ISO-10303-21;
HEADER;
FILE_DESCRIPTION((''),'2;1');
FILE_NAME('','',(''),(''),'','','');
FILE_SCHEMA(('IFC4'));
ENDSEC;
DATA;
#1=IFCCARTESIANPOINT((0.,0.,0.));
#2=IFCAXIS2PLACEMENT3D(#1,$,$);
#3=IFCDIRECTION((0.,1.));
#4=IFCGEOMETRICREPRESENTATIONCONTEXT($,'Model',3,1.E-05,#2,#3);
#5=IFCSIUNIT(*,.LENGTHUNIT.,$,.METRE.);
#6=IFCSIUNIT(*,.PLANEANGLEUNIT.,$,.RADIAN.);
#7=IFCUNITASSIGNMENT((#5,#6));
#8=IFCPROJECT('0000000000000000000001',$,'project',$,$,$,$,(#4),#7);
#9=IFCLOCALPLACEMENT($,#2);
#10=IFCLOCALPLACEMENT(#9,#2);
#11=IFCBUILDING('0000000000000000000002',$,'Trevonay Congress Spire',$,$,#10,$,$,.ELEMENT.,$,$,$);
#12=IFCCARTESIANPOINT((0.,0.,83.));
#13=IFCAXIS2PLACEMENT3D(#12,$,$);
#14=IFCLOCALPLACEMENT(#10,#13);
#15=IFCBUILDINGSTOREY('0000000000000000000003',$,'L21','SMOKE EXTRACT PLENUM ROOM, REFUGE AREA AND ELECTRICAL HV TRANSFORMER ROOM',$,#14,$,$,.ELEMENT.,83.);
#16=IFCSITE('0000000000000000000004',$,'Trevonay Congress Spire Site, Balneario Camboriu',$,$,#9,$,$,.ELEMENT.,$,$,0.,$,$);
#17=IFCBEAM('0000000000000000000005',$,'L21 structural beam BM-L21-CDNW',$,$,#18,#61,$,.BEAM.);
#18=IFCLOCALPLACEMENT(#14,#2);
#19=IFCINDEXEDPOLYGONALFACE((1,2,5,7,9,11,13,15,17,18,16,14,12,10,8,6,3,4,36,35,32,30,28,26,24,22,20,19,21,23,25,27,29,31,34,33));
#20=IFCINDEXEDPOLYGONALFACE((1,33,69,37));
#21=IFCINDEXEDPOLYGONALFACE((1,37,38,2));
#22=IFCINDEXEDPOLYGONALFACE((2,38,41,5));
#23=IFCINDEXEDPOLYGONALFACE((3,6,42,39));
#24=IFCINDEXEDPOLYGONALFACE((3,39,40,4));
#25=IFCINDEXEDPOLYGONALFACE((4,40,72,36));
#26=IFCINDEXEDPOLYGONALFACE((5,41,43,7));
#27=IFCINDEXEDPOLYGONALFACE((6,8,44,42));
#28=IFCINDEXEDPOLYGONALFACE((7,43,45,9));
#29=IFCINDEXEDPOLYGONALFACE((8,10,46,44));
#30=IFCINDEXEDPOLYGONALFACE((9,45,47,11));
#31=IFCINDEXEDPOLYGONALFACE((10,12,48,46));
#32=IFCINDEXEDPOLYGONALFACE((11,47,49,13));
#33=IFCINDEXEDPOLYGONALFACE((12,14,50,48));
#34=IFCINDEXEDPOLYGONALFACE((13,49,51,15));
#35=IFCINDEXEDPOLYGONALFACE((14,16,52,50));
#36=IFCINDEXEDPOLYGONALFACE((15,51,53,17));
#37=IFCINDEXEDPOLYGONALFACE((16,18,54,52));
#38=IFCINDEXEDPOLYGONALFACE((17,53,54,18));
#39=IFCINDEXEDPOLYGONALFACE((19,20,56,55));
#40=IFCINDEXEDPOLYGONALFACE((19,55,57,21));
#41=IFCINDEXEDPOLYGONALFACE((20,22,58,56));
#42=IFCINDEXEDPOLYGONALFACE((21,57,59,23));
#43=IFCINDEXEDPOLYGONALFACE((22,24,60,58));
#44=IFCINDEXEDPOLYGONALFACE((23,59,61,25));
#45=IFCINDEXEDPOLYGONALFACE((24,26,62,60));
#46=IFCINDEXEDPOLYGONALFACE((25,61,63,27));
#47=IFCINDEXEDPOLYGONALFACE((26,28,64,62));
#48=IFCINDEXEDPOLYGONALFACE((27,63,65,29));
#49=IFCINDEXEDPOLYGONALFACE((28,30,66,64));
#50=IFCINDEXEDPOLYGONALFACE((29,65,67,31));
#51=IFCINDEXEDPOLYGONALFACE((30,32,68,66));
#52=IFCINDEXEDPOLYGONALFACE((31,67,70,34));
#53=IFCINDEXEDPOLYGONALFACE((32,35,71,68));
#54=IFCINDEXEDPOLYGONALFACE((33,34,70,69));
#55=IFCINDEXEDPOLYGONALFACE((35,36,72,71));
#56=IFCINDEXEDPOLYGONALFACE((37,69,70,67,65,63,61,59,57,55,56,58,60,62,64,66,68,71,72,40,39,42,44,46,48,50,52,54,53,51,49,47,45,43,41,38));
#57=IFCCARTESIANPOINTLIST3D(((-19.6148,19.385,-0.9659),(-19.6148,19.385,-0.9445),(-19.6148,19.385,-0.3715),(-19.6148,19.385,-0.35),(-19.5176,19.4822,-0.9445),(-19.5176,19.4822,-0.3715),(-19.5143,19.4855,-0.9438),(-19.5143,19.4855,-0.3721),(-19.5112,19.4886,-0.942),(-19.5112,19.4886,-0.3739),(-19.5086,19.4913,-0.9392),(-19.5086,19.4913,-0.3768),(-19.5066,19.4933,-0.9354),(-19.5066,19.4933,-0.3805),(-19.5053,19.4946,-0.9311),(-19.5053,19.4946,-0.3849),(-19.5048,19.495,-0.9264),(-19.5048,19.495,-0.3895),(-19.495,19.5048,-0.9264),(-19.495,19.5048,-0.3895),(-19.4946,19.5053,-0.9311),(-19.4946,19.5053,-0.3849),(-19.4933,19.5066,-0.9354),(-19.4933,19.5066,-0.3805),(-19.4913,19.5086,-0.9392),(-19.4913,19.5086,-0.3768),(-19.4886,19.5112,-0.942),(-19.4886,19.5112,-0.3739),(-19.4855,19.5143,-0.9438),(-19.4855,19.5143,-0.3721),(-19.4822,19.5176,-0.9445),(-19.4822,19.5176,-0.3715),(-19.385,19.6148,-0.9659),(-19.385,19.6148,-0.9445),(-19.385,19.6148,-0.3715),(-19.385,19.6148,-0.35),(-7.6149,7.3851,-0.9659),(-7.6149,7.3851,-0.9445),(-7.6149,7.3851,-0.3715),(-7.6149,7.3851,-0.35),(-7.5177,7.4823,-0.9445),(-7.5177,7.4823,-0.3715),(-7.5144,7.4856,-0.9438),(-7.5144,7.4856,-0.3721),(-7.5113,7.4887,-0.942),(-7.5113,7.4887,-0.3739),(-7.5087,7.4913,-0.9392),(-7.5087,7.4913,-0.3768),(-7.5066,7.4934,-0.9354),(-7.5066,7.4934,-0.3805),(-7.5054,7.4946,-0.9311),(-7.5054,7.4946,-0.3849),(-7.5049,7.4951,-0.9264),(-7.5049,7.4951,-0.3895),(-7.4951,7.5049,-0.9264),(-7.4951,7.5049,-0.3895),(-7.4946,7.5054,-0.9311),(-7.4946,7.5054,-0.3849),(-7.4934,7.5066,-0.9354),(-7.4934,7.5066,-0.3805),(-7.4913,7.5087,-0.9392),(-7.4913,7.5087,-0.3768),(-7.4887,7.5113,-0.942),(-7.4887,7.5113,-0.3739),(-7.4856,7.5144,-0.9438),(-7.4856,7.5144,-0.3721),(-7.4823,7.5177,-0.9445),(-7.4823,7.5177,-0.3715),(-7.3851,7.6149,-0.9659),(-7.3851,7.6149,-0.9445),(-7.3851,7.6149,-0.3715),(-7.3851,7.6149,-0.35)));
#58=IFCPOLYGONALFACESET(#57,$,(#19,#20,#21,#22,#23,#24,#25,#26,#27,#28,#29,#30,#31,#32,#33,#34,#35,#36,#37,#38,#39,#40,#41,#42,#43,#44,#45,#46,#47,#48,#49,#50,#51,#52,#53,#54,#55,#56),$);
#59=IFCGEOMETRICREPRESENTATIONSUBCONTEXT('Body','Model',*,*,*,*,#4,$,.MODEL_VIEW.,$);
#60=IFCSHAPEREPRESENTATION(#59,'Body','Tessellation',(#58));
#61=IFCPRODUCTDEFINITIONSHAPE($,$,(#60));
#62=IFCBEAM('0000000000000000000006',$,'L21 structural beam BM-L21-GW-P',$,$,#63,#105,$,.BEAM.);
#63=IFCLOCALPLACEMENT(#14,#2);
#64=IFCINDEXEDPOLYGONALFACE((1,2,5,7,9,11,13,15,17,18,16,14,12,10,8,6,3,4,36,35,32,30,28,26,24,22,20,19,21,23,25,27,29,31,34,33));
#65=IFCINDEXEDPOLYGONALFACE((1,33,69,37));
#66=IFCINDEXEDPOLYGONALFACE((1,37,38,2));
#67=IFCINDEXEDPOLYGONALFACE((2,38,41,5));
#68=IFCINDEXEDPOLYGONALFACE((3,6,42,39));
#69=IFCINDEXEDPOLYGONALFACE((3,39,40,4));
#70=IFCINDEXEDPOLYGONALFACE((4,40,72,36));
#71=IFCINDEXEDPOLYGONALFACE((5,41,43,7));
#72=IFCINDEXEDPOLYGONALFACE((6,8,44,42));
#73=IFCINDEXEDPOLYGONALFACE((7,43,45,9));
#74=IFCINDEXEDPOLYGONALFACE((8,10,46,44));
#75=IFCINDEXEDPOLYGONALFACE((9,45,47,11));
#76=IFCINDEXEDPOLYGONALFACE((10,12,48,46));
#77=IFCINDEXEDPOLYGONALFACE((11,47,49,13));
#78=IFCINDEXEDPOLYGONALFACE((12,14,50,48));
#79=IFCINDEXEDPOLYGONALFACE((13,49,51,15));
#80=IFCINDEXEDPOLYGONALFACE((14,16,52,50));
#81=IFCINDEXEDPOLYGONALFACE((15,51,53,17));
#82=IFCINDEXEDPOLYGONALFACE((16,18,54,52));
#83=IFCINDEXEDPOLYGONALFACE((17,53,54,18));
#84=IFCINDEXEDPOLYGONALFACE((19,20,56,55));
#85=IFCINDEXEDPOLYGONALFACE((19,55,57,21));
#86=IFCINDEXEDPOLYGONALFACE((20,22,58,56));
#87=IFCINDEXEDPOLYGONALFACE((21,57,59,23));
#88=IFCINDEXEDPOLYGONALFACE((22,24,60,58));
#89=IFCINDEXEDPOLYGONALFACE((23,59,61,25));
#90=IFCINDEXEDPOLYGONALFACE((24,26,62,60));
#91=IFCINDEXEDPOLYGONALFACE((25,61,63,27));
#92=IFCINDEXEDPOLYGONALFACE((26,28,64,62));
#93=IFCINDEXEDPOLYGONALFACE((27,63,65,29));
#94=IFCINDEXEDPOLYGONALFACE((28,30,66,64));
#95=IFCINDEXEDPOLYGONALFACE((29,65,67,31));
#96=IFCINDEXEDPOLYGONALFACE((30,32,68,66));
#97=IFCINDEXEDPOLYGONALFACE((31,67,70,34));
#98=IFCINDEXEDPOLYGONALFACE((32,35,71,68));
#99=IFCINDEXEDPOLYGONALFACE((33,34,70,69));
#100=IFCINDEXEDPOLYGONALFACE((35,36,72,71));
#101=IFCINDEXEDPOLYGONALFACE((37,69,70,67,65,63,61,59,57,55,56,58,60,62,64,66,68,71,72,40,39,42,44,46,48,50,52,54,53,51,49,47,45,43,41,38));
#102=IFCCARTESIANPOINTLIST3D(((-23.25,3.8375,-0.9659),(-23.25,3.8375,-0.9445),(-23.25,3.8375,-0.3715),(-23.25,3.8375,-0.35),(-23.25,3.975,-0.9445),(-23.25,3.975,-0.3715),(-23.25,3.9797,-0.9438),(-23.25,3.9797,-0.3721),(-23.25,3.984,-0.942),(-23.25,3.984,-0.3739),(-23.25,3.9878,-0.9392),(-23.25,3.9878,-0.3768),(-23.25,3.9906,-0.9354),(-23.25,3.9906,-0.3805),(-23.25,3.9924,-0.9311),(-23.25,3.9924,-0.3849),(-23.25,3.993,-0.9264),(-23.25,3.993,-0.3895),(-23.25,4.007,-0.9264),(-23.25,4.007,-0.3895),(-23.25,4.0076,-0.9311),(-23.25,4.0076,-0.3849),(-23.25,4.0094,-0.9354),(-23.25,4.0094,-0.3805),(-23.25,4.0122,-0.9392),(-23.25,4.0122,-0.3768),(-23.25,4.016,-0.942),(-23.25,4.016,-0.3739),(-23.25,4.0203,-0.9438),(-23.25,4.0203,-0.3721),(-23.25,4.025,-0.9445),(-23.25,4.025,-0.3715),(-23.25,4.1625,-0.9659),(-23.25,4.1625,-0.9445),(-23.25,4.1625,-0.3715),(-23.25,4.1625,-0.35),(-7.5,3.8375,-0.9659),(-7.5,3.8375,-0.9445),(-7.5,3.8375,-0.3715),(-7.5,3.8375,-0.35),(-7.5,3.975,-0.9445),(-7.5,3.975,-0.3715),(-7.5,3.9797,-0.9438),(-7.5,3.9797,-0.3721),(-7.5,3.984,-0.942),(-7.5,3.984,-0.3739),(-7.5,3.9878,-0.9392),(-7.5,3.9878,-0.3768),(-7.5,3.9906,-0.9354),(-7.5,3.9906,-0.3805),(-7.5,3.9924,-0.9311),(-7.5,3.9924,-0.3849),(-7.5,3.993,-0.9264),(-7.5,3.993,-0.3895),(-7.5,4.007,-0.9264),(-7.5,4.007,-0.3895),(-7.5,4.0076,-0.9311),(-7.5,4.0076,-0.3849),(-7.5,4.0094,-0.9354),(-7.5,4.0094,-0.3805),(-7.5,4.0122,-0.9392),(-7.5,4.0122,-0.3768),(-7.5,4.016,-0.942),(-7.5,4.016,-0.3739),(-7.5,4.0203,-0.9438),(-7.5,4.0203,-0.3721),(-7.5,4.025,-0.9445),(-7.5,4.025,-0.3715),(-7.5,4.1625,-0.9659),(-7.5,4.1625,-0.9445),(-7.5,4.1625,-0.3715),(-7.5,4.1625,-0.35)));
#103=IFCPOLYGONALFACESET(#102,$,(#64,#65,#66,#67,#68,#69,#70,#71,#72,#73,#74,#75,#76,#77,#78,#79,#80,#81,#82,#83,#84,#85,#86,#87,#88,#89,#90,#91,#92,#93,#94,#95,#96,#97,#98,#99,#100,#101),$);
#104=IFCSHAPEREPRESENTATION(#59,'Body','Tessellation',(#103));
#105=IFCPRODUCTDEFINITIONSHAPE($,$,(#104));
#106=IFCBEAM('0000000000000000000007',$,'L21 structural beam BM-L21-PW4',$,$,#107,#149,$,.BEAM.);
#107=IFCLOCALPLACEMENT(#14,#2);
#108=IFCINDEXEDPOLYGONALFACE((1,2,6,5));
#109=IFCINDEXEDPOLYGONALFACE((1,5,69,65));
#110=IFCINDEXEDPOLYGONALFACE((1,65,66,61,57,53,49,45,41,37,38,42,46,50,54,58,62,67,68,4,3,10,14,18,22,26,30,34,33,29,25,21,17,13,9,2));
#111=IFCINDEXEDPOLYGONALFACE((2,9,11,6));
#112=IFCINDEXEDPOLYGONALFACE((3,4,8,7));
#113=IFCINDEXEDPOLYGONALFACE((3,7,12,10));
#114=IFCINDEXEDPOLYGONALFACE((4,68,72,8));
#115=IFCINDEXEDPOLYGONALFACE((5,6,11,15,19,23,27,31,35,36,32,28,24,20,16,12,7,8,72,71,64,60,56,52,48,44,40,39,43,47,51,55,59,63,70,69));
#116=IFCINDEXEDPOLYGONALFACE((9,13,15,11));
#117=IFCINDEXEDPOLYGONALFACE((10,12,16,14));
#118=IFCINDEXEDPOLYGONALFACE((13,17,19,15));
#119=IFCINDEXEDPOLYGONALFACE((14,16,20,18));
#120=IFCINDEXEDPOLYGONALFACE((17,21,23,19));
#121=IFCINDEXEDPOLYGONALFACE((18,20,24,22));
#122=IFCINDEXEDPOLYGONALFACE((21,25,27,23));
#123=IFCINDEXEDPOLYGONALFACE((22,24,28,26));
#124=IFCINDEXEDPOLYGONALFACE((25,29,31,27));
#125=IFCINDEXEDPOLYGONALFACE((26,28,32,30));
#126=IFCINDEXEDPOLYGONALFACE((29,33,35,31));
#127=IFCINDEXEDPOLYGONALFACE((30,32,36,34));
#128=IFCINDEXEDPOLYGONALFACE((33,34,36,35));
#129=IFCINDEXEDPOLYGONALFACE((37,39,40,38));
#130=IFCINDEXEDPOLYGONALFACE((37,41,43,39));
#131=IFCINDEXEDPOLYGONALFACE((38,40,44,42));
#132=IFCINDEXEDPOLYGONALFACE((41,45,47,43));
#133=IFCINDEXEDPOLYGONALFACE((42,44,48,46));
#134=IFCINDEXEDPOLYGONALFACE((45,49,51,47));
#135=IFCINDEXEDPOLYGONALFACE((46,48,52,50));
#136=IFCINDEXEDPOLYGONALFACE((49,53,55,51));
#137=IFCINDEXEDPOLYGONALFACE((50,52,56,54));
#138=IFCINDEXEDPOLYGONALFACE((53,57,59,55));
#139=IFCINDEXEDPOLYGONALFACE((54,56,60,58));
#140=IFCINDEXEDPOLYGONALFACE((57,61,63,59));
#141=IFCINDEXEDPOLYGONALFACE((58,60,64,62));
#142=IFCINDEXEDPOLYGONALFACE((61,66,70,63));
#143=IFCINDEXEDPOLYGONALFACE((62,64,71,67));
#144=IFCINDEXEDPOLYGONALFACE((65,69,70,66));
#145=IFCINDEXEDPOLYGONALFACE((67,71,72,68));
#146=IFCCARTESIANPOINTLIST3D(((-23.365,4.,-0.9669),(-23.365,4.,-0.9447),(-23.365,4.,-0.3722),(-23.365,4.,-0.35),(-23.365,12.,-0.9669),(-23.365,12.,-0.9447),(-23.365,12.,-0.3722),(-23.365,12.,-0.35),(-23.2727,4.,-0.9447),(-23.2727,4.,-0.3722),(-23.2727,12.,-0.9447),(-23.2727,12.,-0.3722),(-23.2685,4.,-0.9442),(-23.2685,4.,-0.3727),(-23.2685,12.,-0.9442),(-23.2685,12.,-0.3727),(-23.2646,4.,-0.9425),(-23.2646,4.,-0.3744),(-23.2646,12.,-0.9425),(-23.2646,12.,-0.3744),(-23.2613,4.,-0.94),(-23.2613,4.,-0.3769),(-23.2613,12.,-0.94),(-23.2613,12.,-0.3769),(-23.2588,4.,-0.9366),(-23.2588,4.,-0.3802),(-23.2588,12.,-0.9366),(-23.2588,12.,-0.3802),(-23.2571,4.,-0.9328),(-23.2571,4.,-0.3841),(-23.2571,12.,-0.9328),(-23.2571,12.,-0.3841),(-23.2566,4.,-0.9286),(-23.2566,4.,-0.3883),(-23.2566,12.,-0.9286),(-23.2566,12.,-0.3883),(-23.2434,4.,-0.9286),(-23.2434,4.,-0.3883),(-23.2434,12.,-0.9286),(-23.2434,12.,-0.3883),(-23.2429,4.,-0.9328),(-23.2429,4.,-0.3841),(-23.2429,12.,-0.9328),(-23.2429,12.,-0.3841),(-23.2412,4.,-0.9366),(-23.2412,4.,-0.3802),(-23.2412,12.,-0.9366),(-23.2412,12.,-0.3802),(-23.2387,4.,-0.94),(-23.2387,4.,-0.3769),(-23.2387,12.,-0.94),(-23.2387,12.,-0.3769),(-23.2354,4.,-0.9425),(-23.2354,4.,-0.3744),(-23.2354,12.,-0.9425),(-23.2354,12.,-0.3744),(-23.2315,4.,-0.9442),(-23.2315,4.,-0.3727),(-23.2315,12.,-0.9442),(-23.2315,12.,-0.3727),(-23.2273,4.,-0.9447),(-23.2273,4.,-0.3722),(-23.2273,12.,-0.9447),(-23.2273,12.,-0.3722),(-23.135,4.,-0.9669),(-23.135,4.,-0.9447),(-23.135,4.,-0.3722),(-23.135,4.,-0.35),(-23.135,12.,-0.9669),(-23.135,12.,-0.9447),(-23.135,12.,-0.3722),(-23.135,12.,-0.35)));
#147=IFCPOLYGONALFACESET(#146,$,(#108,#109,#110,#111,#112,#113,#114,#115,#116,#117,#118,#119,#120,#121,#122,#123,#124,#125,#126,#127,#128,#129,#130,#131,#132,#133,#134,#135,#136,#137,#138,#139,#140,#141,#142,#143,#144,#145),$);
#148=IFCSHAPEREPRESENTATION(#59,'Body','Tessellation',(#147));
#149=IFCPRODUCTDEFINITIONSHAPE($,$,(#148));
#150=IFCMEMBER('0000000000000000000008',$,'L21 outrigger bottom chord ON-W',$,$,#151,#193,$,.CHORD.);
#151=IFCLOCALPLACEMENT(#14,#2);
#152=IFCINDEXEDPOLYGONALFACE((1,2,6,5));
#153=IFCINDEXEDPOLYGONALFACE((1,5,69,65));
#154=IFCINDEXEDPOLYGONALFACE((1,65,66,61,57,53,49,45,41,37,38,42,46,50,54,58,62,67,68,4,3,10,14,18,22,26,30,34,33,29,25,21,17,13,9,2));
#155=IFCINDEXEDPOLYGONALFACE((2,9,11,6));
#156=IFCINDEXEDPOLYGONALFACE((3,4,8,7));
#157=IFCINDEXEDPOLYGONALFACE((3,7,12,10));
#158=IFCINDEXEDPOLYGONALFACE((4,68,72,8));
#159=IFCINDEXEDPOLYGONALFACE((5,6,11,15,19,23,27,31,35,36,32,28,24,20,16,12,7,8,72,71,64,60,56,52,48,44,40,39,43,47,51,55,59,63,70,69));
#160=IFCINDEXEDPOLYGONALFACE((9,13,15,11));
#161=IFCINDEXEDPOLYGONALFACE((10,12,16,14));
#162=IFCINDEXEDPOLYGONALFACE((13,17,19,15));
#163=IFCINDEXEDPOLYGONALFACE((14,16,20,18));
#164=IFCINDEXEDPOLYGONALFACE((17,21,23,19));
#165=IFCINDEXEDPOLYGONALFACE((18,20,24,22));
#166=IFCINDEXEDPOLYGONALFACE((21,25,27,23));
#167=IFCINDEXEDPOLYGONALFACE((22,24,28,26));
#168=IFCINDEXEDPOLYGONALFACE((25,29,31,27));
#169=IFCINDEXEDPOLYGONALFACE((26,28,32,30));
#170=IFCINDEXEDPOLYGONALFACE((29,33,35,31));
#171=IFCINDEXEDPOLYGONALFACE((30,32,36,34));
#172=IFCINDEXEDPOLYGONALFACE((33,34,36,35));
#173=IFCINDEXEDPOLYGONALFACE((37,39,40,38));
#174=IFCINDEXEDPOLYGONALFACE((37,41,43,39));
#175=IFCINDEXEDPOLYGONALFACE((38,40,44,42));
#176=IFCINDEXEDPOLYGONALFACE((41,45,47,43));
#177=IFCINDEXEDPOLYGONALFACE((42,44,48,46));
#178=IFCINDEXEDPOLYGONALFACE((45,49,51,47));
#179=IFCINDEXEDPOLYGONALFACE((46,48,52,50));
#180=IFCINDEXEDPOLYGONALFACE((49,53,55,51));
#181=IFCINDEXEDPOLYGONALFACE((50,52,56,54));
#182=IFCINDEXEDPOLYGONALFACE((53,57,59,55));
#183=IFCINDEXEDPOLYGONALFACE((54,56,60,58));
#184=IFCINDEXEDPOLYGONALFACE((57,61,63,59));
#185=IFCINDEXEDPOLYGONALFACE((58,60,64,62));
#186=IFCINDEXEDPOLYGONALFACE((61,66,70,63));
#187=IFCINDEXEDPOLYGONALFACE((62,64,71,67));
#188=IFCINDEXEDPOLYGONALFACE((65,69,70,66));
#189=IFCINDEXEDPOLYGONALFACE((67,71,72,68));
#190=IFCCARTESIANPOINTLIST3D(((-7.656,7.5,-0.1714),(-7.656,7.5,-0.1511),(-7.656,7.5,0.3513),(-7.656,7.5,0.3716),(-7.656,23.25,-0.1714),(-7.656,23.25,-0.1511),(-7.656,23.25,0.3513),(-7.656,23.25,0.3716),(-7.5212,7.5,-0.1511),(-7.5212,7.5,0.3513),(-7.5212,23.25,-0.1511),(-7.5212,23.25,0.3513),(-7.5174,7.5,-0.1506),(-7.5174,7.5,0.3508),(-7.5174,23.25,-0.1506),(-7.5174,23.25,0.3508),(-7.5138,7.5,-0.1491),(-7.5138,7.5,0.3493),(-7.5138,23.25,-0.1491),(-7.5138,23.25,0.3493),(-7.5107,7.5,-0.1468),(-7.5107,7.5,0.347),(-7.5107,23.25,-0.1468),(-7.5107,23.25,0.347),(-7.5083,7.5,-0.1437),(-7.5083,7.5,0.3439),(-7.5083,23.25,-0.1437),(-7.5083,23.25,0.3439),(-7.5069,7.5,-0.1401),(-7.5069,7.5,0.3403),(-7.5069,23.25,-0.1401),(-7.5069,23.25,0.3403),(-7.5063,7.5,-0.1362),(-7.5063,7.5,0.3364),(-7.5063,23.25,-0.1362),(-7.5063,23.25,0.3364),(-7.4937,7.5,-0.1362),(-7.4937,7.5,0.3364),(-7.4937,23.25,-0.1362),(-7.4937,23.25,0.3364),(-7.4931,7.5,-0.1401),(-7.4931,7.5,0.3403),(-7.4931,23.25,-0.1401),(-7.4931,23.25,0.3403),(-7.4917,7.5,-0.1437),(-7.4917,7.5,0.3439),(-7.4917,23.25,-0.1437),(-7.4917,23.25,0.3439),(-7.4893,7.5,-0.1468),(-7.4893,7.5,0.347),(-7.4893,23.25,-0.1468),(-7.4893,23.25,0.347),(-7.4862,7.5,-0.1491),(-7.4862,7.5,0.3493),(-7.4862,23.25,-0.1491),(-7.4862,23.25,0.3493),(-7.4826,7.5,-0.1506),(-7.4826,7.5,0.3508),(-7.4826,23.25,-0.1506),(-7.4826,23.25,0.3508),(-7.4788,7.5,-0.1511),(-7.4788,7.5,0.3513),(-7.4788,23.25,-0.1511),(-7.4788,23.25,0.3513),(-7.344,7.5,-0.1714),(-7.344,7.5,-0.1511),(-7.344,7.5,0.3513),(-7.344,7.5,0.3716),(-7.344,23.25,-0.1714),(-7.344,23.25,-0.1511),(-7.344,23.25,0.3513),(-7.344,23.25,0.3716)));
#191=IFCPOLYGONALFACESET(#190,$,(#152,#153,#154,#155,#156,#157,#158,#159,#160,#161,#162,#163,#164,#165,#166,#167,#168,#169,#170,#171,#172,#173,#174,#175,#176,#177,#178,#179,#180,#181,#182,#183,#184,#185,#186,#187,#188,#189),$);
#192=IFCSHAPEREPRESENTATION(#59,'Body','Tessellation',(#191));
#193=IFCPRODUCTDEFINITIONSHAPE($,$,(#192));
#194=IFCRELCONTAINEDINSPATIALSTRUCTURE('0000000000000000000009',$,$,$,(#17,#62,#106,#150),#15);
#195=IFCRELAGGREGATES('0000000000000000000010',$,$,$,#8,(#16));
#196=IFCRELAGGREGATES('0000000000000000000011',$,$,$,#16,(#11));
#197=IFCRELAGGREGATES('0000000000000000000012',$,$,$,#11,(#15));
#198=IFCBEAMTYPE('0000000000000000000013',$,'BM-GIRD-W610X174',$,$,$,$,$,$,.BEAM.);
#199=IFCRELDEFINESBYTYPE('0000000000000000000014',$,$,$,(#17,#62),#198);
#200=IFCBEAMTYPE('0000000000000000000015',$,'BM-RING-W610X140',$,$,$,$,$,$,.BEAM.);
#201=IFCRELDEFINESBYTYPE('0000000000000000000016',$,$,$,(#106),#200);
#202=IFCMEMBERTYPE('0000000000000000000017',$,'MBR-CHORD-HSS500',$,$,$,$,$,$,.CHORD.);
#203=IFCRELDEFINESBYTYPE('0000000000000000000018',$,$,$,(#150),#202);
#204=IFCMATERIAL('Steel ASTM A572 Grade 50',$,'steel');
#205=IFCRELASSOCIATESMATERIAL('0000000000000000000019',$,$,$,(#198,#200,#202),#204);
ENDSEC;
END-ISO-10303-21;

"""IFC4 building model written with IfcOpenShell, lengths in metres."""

from ifc_helpers import new_model, si_unit, direction, frame, origin, origin_2d, place, context, subcontext, project, spatial, i_section, extrude, material, material_profile, profile_set, type_object, element, save


model = new_model("IFC4")

# Units and contexts
model_context = context("Model", 3, precision=1e-05, world=origin(), true_north=direction((0.0, 1.0)))
body_context = subcontext(model_context, "Body", "Model", "MODEL_VIEW")
ifc_project = project(units=[si_unit("LENGTHUNIT", "METRE"), si_unit("PLANEANGLEUNIT", "RADIAN")], contexts=[model_context])

# Site, building, storey
site_placement = place(None, origin())
site = spatial("IfcSite", under=ifc_project, at=site_placement, Name="Trevonay Congress Spire Site, Balneario Camboriu", CompositionType="ELEMENT", RefElevation=0.0)
building_placement = place(site_placement, origin())
building = spatial("IfcBuilding", under=site, at=building_placement, Name="Trevonay Congress Spire", CompositionType="ELEMENT")
storey_placement = place(building_placement, frame((0.0, 0.0, 83.0)))
storey = spatial("IfcBuildingStorey", under=building, at=storey_placement, Name="L21", Description="SMOKE EXTRACT PLENUM ROOM, REFUGE AREA AND ELECTRICAL HV TRANSFORMER ROOM", CompositionType="ELEMENT", Elevation=83.0)

# Shared definitions
ifc_material_1 = material(Name="Steel ASTM A572 Grade 50", Category="steel")

# Beams
ifc_material_profile_1 = material_profile(ifc_material_1, i_section(OverallWidth=0.325, OverallDepth=0.616, WebThickness=0.0139, FlangeThickness=0.0215, FilletRadius=0.0181, at=origin_2d()), Name="W610x174")
ifc_profile_set_1 = profile_set([ifc_material_profile_1], Name="Steel ASTM A572 Grade 50")
beam_type_1 = type_object("IfcBeamType", Name="BM-GIRD-W610X174", PredefinedType="BEAM", material=ifc_profile_set_1)
beam_1_placement = place(storey_placement, frame((-7.5, 7.5, -0.658), z_axis=(-0.707107, 0.707107, 0.0), x_axis=(-0.707107, -0.707107, 0.0)))
element("IfcBeam", 1, at=beam_1_placement, inside=storey, type_object=beam_type_1, Name="L21 structural beam BM-L21-CDNW", PredefinedType="BEAM", context=body_context, shape_type="SweptSolid", body=[
    extrude(i_section(OverallWidth=0.325, OverallDepth=0.616, WebThickness=0.0139, FlangeThickness=0.0215, FilletRadius=0.0181, at=origin_2d()), origin(), (0.0, 0.0, 1.0), 16.9705),
])
beam_2_placement = place(storey_placement, frame((-7.5, 4.0, -0.658), z_axis=(-1.0, 0.0, 0.0), x_axis=(0.0, -1.0, 0.0)))
element("IfcBeam", 2, at=beam_2_placement, inside=storey, type_object=beam_type_1, Name="L21 structural beam BM-L21-GW-P", PredefinedType="BEAM", context=body_context, shape_type="SweptSolid", body=[
    extrude(i_section(OverallWidth=0.325, OverallDepth=0.616, WebThickness=0.0139, FlangeThickness=0.0215, FilletRadius=0.0181, at=origin_2d()), origin(), (0.0, 0.0, 1.0), 15.75),
])
ifc_material_profile_2 = material_profile(ifc_material_1, i_section(OverallWidth=0.23, OverallDepth=0.6169, WebThickness=0.0132, FlangeThickness=0.0222, FilletRadius=0.0161, at=origin_2d()), Name="W610x140")
ifc_profile_set_2 = profile_set([ifc_material_profile_2], Name="Steel ASTM A572 Grade 50")
beam_type_2 = type_object("IfcBeamType", Name="BM-RING-W610X140", PredefinedType="BEAM", material=ifc_profile_set_2)
beam_3_placement = place(storey_placement, frame((-23.25, 4.0, -0.6584), z_axis=(0.0, 1.0, 0.0), x_axis=(-1.0, 0.0, 0.0)))
element("IfcBeam", 3, at=beam_3_placement, inside=storey, type_object=beam_type_2, Name="L21 structural beam BM-L21-PW4", PredefinedType="BEAM", context=body_context, shape_type="SweptSolid", body=[
    extrude(i_section(OverallWidth=0.23, OverallDepth=0.6169, WebThickness=0.0132, FlangeThickness=0.0222, FilletRadius=0.0161, at=origin_2d()), origin(), (0.0, 0.0, 1.0), 8.0),
])

# Member
ifc_material_profile_3 = material_profile(ifc_material_1, i_section(OverallWidth=0.312, OverallDepth=0.543, WebThickness=0.0127, FlangeThickness=0.0203, FilletRadius=0.0149, at=origin_2d()), Name="W530x150")
ifc_profile_set_3 = profile_set([ifc_material_profile_3], Name="Steel ASTM A572 Grade 50")
member_type_1 = type_object("IfcMemberType", Name="MBR-CHORD-HSS500", PredefinedType="CHORD", material=ifc_profile_set_3)
member_1_placement = place(storey_placement, frame((-7.5, 7.5, 0.1001), z_axis=(0.0, 1.0, 0.0), x_axis=(-1.0, 0.0, 0.0)))
element("IfcMember", 4, at=member_1_placement, inside=storey, type_object=member_type_1, Name="L21 outrigger bottom chord ON-W", PredefinedType="CHORD", context=body_context, shape_type="SweptSolid", body=[
    extrude(i_section(OverallWidth=0.312, OverallDepth=0.543, WebThickness=0.0127, FlangeThickness=0.0203, FilletRadius=0.0149, at=origin_2d()), origin(), (0.0, 0.0, 1.0), 15.75),
])

save(model, "model.ifc")
